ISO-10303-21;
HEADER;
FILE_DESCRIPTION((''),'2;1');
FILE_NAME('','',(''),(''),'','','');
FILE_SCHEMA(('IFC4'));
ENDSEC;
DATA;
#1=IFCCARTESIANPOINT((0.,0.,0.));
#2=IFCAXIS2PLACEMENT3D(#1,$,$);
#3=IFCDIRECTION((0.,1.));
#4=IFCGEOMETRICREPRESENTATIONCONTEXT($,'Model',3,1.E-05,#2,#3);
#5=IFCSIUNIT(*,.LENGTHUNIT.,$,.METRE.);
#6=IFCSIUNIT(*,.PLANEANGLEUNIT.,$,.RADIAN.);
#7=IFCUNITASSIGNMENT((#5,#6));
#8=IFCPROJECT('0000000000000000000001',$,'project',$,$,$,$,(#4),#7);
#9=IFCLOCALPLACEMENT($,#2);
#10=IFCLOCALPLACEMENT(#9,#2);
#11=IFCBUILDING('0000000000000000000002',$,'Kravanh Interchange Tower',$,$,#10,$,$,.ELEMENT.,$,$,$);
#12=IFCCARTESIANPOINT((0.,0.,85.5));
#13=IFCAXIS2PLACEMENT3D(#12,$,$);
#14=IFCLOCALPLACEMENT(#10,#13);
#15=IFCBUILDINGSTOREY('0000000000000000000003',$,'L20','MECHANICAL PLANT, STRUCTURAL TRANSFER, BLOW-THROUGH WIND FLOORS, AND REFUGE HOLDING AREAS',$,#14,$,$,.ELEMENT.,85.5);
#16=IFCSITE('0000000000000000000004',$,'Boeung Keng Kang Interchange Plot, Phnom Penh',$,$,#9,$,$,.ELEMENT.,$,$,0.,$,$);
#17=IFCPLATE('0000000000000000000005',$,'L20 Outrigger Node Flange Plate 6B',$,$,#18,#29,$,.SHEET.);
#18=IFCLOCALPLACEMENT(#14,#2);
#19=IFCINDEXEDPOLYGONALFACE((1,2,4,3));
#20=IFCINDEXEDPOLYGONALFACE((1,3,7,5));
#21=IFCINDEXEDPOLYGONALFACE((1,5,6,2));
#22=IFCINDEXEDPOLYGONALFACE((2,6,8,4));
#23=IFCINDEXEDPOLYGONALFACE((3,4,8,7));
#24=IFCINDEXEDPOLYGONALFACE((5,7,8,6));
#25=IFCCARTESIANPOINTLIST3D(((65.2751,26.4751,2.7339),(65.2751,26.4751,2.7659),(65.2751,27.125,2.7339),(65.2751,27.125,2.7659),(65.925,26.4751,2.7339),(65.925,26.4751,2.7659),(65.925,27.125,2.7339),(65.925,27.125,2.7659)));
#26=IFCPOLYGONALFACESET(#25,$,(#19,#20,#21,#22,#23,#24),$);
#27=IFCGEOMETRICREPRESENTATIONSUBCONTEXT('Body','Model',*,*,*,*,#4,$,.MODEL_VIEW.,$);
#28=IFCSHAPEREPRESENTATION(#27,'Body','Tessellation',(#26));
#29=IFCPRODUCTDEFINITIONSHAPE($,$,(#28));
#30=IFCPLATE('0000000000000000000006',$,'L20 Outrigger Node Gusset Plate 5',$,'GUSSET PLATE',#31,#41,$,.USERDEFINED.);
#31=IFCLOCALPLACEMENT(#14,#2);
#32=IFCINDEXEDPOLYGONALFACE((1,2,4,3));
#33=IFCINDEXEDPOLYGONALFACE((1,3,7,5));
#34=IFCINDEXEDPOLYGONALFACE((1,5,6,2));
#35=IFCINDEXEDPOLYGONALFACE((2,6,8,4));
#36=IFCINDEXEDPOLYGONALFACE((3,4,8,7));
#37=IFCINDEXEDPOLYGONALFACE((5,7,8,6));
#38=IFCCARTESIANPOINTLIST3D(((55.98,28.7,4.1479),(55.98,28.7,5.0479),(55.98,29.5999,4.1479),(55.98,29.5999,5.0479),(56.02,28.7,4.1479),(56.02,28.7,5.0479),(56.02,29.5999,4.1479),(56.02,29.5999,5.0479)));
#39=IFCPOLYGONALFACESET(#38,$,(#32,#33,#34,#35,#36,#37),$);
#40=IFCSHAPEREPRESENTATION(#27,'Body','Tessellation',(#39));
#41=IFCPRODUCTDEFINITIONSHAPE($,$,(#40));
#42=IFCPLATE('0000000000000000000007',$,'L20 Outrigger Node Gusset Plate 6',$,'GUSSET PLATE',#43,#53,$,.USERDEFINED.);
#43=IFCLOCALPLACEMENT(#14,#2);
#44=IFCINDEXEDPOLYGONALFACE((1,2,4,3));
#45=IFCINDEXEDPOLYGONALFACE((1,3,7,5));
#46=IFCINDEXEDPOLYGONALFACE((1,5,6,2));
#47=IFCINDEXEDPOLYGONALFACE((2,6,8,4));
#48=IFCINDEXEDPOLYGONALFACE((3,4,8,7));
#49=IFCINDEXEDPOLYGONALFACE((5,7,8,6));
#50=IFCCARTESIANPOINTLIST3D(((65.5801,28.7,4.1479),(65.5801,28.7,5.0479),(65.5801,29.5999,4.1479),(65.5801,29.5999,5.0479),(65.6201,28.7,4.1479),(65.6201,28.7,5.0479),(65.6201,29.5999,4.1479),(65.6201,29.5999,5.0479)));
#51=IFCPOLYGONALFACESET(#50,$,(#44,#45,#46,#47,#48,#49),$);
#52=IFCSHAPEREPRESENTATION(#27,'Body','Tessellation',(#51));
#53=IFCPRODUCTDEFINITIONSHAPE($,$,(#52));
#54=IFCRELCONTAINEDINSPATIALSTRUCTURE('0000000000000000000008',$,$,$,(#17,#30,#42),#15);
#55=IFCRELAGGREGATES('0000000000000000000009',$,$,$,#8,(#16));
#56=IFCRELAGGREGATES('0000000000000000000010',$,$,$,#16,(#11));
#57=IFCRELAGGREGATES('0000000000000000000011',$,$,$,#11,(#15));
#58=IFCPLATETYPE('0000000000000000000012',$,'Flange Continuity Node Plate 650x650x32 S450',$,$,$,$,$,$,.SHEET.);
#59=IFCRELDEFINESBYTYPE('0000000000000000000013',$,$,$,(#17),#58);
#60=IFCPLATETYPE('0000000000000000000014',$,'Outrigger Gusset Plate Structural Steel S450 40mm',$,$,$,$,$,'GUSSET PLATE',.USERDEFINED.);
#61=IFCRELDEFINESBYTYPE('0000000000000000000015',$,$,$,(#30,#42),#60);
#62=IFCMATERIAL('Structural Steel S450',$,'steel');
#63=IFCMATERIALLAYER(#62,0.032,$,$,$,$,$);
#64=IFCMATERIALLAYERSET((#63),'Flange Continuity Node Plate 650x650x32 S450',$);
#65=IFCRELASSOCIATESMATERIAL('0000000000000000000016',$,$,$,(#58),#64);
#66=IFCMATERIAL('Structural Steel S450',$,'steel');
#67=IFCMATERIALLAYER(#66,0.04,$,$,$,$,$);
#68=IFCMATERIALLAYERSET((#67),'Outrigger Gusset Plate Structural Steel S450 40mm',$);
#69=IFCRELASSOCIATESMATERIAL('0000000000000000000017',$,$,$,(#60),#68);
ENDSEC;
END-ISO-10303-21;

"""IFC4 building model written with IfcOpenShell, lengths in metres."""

from ifc_helpers import new_model, si_unit, direction, frame, origin, origin_2d, place, context, subcontext, project, spatial, rectangle, extrude, material, layer, layer_set, type_object, element, save


model = new_model("IFC4")

# Units and contexts
model_context = context("Model", 3, precision=1e-05, world=origin(), true_north=direction((0.0, 1.0)))
body_context = subcontext(model_context, "Body", "Model", "MODEL_VIEW")
ifc_project = project(units=[si_unit("LENGTHUNIT", "METRE"), si_unit("PLANEANGLEUNIT", "RADIAN")], contexts=[model_context])

# Site, building, storey
site_placement = place(None, origin())
site = spatial("IfcSite", under=ifc_project, at=site_placement, Name="Boeung Keng Kang Interchange Plot, Phnom Penh", CompositionType="ELEMENT", RefElevation=0.0)
building_placement = place(site_placement, origin())
building = spatial("IfcBuilding", under=site, at=building_placement, Name="Kravanh Interchange Tower", CompositionType="ELEMENT")
storey_placement = place(building_placement, frame((0.0, 0.0, 85.5)))
storey = spatial("IfcBuildingStorey", under=building, at=storey_placement, Name="L20", Description="MECHANICAL PLANT, STRUCTURAL TRANSFER, BLOW-THROUGH WIND FLOORS, AND REFUGE HOLDING AREAS", CompositionType="ELEMENT", Elevation=85.5)

# Plates
ifc_material_1 = material(Name="Structural Steel S450", Category="steel")
ifc_layer_1 = layer(ifc_material_1, 0.032)
ifc_layer_set_1 = layer_set([ifc_layer_1], Name="Flange Continuity Node Plate 650x650x32 S450")
plate_type_1 = type_object("IfcPlateType", Name="Flange Continuity Node Plate 650x650x32 S450", PredefinedType="SHEET", material=ifc_layer_set_1)
for number, where, z_axis, x_axis, name in (
    (1, (65.6001, 26.8, 2.7339), (0.0, 0.0, 1.0), (1.0, 0.0, 0.0), "L20 Outrigger Node Flange Plate 6B"),
):
    element("IfcPlate", number, at=place(storey_placement, frame(where, z_axis=z_axis, x_axis=x_axis)), inside=storey, type_object=plate_type_1, Name=name, PredefinedType="SHEET", context=body_context, shape_type="SweptSolid", body=[
        extrude(rectangle(XDim=0.6499, YDim=0.6499, at=origin_2d()), origin(), (0.0, 0.0, 1.0), 0.032),
    ])
ifc_material_2 = material(Name="Structural Steel S450", Category="steel")
ifc_layer_2 = layer(ifc_material_2, 0.04)
ifc_layer_set_2 = layer_set([ifc_layer_2], Name="Outrigger Gusset Plate Structural Steel S450 40mm")
plate_type_2 = type_object("IfcPlateType", Name="Outrigger Gusset Plate Structural Steel S450 40mm", ElementType="GUSSET PLATE", PredefinedType="USERDEFINED", material=ifc_layer_set_2)
for number, where, z_axis, x_axis, name in (
    (2, (56.0, 29.1499, 4.1479), (0.0, 0.0, 1.0), (0.0, -1.0, 0.0), "L20 Outrigger Node Gusset Plate 5"),
    (3, (65.6001, 29.1499, 4.1479), (0.0, 0.0, 1.0), (0.0, -1.0, 0.0), "L20 Outrigger Node Gusset Plate 6"),
):
    element("IfcPlate", number, at=place(storey_placement, frame(where, z_axis=z_axis, x_axis=x_axis)), inside=storey, type_object=plate_type_2, Name=name, ObjectType="GUSSET PLATE", PredefinedType="USERDEFINED", context=body_context, shape_type="SweptSolid", body=[
        extrude(rectangle(XDim=0.8999, YDim=0.04, at=origin_2d()), origin(), (0.0, 0.0, 1.0), 0.8999),
    ])

save(model, "model.ifc")
